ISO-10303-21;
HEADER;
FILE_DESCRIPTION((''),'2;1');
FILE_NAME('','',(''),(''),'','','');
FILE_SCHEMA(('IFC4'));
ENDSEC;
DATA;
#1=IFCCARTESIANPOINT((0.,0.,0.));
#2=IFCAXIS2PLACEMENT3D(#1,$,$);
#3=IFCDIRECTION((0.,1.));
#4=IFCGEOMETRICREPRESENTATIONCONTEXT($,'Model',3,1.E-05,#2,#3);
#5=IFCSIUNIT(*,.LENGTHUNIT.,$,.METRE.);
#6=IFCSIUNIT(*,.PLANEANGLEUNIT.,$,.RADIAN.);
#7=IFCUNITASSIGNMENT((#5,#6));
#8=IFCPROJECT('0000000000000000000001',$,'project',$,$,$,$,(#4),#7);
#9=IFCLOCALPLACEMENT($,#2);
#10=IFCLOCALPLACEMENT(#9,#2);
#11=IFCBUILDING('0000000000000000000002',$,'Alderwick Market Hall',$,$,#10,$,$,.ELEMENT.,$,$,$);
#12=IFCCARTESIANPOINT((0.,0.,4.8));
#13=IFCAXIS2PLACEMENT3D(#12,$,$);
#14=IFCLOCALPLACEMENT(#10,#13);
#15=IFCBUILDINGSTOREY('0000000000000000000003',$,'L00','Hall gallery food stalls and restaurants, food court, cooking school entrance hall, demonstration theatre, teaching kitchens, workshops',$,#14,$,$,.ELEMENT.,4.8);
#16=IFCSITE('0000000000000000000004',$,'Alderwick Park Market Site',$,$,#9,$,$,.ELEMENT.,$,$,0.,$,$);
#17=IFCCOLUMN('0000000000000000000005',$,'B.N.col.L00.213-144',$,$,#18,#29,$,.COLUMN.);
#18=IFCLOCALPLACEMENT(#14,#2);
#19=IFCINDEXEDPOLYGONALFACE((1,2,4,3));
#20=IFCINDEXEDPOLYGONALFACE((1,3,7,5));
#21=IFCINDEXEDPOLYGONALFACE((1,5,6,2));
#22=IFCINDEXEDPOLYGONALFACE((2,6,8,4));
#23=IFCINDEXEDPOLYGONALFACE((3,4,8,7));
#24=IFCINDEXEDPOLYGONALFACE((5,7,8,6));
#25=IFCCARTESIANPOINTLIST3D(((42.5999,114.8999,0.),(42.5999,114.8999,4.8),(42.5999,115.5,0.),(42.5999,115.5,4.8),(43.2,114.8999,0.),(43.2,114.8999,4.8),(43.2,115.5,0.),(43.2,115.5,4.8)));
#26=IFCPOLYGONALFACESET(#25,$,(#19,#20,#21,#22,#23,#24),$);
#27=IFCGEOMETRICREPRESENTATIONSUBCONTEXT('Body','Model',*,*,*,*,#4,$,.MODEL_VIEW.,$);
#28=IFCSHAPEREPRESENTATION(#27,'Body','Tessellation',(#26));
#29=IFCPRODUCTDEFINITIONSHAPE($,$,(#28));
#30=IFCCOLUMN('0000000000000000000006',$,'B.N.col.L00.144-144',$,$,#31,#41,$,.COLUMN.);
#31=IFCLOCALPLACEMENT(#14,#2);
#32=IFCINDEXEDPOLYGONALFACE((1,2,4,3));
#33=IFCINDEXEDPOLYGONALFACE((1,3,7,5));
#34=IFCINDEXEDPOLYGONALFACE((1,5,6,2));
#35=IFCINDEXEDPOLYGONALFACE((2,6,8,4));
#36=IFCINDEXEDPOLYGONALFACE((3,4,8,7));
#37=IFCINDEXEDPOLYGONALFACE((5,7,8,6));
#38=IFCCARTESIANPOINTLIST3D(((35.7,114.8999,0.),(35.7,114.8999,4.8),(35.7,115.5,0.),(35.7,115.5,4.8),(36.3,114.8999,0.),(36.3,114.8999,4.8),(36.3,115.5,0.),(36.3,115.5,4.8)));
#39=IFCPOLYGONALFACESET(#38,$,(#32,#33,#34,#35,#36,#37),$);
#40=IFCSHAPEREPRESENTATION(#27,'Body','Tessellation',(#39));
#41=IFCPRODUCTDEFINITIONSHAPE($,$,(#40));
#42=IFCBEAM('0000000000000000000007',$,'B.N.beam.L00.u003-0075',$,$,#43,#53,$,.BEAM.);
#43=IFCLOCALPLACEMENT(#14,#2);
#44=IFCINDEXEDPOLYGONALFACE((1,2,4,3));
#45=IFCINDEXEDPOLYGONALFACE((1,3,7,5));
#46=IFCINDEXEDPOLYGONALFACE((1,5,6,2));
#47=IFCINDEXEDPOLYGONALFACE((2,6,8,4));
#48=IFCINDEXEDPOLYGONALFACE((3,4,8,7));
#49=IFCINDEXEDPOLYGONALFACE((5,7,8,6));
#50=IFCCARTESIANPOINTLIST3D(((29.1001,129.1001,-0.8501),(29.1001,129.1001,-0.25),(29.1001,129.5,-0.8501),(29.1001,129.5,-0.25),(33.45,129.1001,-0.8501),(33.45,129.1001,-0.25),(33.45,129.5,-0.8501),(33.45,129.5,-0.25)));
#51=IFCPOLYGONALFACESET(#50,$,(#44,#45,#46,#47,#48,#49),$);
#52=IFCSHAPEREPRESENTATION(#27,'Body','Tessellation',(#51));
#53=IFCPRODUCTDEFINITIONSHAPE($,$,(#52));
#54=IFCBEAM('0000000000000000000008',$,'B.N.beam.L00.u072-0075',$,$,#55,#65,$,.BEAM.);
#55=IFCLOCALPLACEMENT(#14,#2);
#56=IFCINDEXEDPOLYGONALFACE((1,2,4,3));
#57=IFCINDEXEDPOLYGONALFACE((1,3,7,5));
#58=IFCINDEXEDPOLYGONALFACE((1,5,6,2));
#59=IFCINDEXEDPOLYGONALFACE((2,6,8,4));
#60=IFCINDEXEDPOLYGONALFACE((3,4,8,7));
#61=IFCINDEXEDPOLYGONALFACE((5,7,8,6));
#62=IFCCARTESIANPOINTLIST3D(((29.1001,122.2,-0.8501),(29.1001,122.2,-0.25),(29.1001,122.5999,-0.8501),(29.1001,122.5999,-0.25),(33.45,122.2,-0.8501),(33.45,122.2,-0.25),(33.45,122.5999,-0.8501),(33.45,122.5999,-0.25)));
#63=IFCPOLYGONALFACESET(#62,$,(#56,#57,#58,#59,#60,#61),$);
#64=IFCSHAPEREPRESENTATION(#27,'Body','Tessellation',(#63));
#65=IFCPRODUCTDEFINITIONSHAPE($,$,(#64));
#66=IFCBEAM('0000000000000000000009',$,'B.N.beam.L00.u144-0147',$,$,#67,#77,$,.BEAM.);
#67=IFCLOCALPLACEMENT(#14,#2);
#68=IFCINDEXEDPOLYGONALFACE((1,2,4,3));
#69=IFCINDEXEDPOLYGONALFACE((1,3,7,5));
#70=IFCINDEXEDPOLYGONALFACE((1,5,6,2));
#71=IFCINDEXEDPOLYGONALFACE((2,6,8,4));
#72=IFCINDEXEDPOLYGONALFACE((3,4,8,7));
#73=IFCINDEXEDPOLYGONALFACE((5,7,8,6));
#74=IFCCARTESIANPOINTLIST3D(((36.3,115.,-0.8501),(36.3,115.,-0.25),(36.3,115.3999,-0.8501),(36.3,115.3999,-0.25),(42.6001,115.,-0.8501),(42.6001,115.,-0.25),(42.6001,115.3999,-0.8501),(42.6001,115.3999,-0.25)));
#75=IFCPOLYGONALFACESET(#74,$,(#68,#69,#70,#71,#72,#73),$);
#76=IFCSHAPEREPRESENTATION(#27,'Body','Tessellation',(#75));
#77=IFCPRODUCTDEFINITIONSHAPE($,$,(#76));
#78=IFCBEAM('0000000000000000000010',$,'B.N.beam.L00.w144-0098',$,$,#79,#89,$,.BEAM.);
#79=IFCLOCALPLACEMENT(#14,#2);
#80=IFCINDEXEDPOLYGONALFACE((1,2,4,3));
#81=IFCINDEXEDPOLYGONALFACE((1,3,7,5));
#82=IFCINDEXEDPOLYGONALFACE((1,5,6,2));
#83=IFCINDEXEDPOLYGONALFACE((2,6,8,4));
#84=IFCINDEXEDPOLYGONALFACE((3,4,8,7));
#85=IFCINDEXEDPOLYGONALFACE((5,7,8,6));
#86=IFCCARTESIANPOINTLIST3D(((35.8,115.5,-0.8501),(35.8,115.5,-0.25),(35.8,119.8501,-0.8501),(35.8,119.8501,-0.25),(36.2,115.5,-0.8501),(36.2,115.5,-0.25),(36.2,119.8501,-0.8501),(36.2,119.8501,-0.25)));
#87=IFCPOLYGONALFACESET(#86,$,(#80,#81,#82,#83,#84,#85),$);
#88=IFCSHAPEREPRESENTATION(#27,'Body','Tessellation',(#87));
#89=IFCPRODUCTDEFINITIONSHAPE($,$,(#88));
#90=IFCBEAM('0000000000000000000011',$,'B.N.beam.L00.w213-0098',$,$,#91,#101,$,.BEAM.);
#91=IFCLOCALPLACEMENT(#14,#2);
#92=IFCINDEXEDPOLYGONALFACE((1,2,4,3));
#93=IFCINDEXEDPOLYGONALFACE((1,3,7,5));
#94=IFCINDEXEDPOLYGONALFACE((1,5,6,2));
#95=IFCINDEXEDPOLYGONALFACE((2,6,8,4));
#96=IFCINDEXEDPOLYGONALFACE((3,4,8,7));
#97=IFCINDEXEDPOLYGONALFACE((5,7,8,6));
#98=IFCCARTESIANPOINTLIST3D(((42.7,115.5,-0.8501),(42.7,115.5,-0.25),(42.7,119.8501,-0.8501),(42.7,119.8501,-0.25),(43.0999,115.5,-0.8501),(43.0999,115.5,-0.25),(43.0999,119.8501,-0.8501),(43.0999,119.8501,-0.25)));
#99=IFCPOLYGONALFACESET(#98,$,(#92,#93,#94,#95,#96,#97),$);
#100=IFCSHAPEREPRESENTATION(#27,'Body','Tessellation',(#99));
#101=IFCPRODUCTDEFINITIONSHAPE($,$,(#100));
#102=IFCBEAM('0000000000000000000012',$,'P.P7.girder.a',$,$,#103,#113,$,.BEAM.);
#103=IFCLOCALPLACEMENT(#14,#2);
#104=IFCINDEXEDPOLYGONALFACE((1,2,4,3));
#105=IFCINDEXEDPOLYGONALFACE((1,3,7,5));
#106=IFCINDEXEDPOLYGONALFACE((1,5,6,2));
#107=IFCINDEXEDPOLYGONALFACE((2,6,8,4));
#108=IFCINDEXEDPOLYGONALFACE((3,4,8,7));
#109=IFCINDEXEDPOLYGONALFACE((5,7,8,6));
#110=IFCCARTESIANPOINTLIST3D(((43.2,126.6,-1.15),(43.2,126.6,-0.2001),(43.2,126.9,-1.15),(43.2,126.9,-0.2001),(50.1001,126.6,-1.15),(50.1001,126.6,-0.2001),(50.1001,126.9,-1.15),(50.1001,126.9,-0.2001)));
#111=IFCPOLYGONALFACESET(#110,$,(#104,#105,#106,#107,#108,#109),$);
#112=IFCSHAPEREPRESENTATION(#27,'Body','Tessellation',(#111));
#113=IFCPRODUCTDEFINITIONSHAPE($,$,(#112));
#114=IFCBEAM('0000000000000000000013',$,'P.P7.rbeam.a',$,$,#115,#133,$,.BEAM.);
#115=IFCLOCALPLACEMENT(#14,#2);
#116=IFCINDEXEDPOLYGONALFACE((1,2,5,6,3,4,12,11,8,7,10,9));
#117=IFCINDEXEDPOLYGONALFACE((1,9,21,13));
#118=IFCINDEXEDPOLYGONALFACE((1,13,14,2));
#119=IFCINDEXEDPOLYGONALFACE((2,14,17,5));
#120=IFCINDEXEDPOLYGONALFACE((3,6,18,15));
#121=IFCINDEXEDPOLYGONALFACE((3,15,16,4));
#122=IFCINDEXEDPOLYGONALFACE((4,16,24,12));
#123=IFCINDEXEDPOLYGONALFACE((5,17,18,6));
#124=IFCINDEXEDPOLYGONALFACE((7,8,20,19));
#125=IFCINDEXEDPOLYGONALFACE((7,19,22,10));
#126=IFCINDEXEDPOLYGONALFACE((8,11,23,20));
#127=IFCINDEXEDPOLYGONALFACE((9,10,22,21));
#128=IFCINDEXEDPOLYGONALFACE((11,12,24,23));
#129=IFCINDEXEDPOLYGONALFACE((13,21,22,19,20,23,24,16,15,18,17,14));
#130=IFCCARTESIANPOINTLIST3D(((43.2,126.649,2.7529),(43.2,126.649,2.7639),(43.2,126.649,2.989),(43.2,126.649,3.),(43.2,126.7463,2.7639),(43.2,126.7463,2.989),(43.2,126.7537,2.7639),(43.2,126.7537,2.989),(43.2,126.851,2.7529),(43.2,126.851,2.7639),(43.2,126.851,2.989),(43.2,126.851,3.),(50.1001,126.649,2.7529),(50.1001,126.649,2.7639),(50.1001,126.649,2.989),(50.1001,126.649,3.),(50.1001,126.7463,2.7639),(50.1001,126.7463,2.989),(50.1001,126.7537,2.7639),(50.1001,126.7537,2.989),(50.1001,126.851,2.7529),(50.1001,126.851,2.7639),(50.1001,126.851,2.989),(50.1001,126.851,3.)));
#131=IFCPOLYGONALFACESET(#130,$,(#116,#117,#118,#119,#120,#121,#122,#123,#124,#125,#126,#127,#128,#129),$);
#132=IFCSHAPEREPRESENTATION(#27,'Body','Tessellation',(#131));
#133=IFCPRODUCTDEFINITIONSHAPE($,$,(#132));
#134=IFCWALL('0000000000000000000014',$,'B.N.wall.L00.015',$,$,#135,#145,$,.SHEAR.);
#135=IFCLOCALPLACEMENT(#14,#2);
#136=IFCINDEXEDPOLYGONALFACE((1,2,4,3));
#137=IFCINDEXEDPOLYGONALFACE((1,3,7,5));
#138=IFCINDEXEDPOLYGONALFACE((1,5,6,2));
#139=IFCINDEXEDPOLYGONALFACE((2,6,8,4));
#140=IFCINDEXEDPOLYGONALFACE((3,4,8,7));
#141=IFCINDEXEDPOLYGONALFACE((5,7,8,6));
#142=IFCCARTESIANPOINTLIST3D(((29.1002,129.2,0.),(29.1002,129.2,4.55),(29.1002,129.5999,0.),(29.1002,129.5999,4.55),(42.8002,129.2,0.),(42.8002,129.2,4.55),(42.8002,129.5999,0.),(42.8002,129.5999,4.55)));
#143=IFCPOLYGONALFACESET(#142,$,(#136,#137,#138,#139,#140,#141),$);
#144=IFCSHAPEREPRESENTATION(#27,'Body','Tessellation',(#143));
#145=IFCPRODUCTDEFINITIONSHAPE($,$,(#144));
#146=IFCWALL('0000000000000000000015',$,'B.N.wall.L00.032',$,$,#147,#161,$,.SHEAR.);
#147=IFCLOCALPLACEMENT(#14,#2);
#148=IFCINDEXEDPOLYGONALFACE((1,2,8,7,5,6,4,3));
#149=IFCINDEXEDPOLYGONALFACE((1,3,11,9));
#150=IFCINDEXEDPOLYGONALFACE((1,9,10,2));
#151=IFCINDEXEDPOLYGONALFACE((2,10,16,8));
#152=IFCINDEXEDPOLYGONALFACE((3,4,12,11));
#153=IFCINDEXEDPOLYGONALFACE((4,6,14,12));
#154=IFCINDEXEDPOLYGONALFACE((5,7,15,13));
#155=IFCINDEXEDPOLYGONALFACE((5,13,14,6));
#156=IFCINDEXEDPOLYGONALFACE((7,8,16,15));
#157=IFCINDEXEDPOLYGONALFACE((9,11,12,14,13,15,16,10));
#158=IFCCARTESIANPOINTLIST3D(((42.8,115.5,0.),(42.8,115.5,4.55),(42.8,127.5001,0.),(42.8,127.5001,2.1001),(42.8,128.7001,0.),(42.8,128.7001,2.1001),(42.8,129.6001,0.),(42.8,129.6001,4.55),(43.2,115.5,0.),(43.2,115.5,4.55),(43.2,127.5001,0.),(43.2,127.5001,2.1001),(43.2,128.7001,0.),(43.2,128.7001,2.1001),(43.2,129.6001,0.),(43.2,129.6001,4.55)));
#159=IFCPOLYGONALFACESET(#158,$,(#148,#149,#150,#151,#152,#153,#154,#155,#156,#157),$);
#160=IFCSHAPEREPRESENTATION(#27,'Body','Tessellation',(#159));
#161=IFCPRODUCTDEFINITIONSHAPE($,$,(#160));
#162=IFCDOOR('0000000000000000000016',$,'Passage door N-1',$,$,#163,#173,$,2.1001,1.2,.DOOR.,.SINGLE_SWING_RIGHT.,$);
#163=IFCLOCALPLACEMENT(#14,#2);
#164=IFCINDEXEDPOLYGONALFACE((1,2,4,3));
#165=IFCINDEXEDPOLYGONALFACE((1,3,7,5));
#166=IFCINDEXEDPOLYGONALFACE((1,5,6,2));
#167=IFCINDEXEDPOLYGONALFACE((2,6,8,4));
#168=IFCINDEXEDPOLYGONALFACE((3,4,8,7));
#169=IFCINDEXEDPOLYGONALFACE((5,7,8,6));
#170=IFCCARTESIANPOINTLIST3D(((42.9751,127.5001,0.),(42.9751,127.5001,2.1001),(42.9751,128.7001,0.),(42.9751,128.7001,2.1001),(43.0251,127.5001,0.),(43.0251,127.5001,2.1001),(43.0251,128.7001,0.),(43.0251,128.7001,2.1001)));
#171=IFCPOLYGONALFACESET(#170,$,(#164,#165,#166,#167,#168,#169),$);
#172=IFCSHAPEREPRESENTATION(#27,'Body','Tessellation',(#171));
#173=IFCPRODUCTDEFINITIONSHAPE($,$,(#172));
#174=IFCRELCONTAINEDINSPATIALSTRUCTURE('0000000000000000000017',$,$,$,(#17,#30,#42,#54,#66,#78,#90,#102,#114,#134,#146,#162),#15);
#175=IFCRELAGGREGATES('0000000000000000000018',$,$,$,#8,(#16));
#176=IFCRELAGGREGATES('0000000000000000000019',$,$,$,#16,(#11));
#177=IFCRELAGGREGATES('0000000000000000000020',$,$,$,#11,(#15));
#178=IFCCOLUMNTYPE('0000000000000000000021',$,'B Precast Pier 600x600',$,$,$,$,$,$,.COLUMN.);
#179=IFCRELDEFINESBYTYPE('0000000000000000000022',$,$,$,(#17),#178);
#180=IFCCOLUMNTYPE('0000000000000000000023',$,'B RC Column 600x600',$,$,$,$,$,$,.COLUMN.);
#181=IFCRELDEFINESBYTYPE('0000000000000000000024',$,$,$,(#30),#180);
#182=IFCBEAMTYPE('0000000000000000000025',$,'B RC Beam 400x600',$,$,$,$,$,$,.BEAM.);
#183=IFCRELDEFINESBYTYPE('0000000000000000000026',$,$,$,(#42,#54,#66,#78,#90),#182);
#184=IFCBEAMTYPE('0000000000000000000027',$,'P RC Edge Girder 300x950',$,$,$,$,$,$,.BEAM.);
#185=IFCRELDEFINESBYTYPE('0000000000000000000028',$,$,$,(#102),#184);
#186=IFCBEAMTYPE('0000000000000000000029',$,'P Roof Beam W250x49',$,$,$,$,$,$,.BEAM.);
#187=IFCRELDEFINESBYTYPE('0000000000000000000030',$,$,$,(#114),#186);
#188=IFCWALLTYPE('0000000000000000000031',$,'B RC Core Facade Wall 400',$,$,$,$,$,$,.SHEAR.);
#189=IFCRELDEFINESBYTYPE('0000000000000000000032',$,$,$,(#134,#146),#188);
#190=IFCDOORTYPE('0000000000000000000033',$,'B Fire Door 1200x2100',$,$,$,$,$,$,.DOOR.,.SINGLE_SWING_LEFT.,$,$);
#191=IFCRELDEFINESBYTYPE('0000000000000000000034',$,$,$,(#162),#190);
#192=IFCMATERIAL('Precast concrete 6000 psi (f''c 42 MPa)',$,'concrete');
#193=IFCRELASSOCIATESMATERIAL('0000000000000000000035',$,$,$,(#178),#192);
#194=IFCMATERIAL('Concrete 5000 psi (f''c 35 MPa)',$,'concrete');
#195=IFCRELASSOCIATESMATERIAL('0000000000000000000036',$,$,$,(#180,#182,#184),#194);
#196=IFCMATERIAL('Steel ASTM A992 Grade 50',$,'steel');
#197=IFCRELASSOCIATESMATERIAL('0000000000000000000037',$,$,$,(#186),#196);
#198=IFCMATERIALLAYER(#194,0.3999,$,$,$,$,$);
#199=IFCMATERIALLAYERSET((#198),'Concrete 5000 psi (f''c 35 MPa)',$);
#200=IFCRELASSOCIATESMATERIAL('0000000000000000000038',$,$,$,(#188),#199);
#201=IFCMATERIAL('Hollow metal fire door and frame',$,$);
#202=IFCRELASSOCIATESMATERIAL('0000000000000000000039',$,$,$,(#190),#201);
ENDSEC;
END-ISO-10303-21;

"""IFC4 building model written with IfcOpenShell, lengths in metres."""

from ifc_helpers import new_model, si_unit, direction, frame, frame_2d, origin, origin_2d, place, context, subcontext, project, spatial, rectangle, i_section, extrude, material, layer, layer_set, material_profile, profile_set, type_object, element, fill, save


model = new_model("IFC4")

# Units and contexts
model_context = context("Model", 3, precision=1e-05, world=origin(), true_north=direction((0.0, 1.0)))
body_context = subcontext(model_context, "Body", "Model", "MODEL_VIEW")
ifc_project = project(units=[si_unit("LENGTHUNIT", "METRE"), si_unit("PLANEANGLEUNIT", "RADIAN")], contexts=[model_context])

# Site, building, storey
site_placement = place(None, origin())
site = spatial("IfcSite", under=ifc_project, at=site_placement, Name="Alderwick Park Market Site", CompositionType="ELEMENT", RefElevation=0.0)
building_placement = place(site_placement, origin())
building = spatial("IfcBuilding", under=site, at=building_placement, Name="Alderwick Market Hall", CompositionType="ELEMENT")
storey_placement = place(building_placement, frame((0.0, 0.0, 4.8)))
storey = spatial("IfcBuildingStorey", under=building, at=storey_placement, Name="L00", Description="Hall gallery food stalls and restaurants, food court, cooking school entrance hall, demonstration theatre, teaching kitchens, workshops", CompositionType="ELEMENT", Elevation=4.8)

# Columns
ifc_material_1 = material(Name="Precast concrete 6000 psi (f'c 42 MPa)", Category="concrete")
ifc_material_profile_1 = material_profile(ifc_material_1, rectangle(XDim=0.6001, YDim=0.6001, at=origin_2d()), Name="B Precast Pier 600x600")
ifc_profile_set_1 = profile_set([ifc_material_profile_1], Name="Precast concrete 6000 psi (f'c 42 MPa)")
column_type_1 = type_object("IfcColumnType", Name="B Precast Pier 600x600", PredefinedType="COLUMN", material=ifc_profile_set_1)
column_1_placement = place(storey_placement, frame((42.8999, 115.2, 0.0), z_axis=(0.0, 0.0, 1.0), x_axis=(1.0, 0.0, 0.0)))
element("IfcColumn", 1, at=column_1_placement, inside=storey, type_object=column_type_1, Name="B.N.col.L00.213-144", PredefinedType="COLUMN", context=body_context, shape_type="SweptSolid", body=[
    extrude(rectangle(XDim=0.6001, YDim=0.6001, at=origin_2d()), origin(), (0.0, 0.0, 1.0), 4.8),
])
ifc_material_2 = material(Name="Concrete 5000 psi (f'c 35 MPa)", Category="concrete")
ifc_material_profile_2 = material_profile(ifc_material_2, rectangle(XDim=0.6001, YDim=0.6001, at=origin_2d()), Name="B RC Column 600x600")
ifc_profile_set_2 = profile_set([ifc_material_profile_2], Name="Concrete 5000 psi (f'c 35 MPa)")
column_type_2 = type_object("IfcColumnType", Name="B RC Column 600x600", PredefinedType="COLUMN", material=ifc_profile_set_2)
column_2_placement = place(storey_placement, frame((36.0, 115.2, 0.0), z_axis=(0.0, 0.0, 1.0), x_axis=(1.0, 0.0, 0.0)))
element("IfcColumn", 2, at=column_2_placement, inside=storey, type_object=column_type_2, Name="B.N.col.L00.144-144", PredefinedType="COLUMN", context=body_context, shape_type="SweptSolid", body=[
    extrude(rectangle(XDim=0.6001, YDim=0.6001, at=origin_2d()), origin(), (0.0, 0.0, 1.0), 4.8),
])

# Beams
ifc_material_profile_3 = material_profile(ifc_material_2, rectangle(XDim=0.3999, YDim=0.6001, at=origin_2d()), Name="B RC Beam 400x600")
ifc_profile_set_3 = profile_set([ifc_material_profile_3], Name="Concrete 5000 psi (f'c 35 MPa)")
beam_type_1 = type_object("IfcBeamType", Name="B RC Beam 400x600", PredefinedType="BEAM", material=ifc_profile_set_3)
for number, where, z_axis, x_axis, name in (
    (3, (29.1001, 129.3, -0.55), (1.0, 0.0, 0.0), (0.0, 1.0, 0.0), "B.N.beam.L00.u003-0075"),
    (4, (29.1001, 122.3999, -0.55), (1.0, 0.0, 0.0), (0.0, 1.0, 0.0), "B.N.beam.L00.u072-0075"),
):
    element("IfcBeam", number, at=place(storey_placement, frame(where, z_axis=z_axis, x_axis=x_axis)), inside=storey, type_object=beam_type_1, Name=name, PredefinedType="BEAM", context=body_context, shape_type="SweptSolid", body=[
        extrude(rectangle(XDim=0.3999, YDim=0.6001, at=origin_2d()), origin(), (0.0, 0.0, 1.0), 4.3499),
    ])
beam_1_placement = place(storey_placement, frame((36.3, 115.2, -0.55), z_axis=(1.0, 0.0, 0.0), x_axis=(0.0, 1.0, 0.0)))
element("IfcBeam", 5, at=beam_1_placement, inside=storey, type_object=beam_type_1, Name="B.N.beam.L00.u144-0147", PredefinedType="BEAM", context=body_context, shape_type="SweptSolid", body=[
    extrude(rectangle(XDim=0.3999, YDim=0.6001, at=origin_2d()), origin(), (0.0, 0.0, 1.0), 6.3),
])
for number, where, z_axis, x_axis, name in (
    (6, (36.0, 119.8501, -0.55), (0.0, -1.0, 0.0), (1.0, 0.0, 0.0), "B.N.beam.L00.w144-0098"),
    (7, (42.8999, 119.8501, -0.55), (0.0, -1.0, 0.0), (1.0, 0.0, 0.0), "B.N.beam.L00.w213-0098"),
):
    element("IfcBeam", number, at=place(storey_placement, frame(where, z_axis=z_axis, x_axis=x_axis)), inside=storey, type_object=beam_type_1, Name=name, PredefinedType="BEAM", context=body_context, shape_type="SweptSolid", body=[
        extrude(rectangle(XDim=0.3999, YDim=0.6001, at=origin_2d()), origin(), (0.0, 0.0, 1.0), 4.3501),
    ])
ifc_material_profile_4 = material_profile(ifc_material_2, rectangle(XDim=0.3, YDim=0.95, at=origin_2d()), Name="P RC Edge Girder 300x950")
ifc_profile_set_4 = profile_set([ifc_material_profile_4], Name="Concrete 5000 psi (f'c 35 MPa)")
beam_type_2 = type_object("IfcBeamType", Name="P RC Edge Girder 300x950", PredefinedType="BEAM", material=ifc_profile_set_4)
beam_2_placement = place(storey_placement, frame((43.2, 126.75, -0.675), z_axis=(1.0, 0.0, 0.0), x_axis=(0.0, 1.0, 0.0)))
element("IfcBeam", 8, at=beam_2_placement, inside=storey, type_object=beam_type_2, Name="P.P7.girder.a", PredefinedType="BEAM", context=body_context, shape_type="SweptSolid", body=[
    extrude(rectangle(XDim=0.3, YDim=0.95, at=origin_2d()), origin(), (0.0, 0.0, 1.0), 6.9001),
])
ifc_material_3 = material(Name="Steel ASTM A992 Grade 50", Category="steel")
ifc_material_profile_5 = material_profile(ifc_material_3, i_section(OverallWidth=0.2019, OverallDepth=0.2471, WebThickness=0.0073, FlangeThickness=0.011, at=origin_2d()), Name="W250x49")
ifc_profile_set_5 = profile_set([ifc_material_profile_5], Name="Steel ASTM A992 Grade 50")
beam_type_3 = type_object("IfcBeamType", Name="P Roof Beam W250x49", PredefinedType="BEAM", material=ifc_profile_set_5)
beam_3_placement = place(storey_placement, frame((43.2, 126.75, 2.8765), z_axis=(1.0, 0.0, 0.0), x_axis=(0.0, 1.0, 0.0)))
element("IfcBeam", 9, at=beam_3_placement, inside=storey, type_object=beam_type_3, Name="P.P7.rbeam.a", PredefinedType="BEAM", context=body_context, shape_type="SweptSolid", body=[
    extrude(i_section(OverallWidth=0.2019, OverallDepth=0.2471, WebThickness=0.0073, FlangeThickness=0.011, at=origin_2d()), origin(), (0.0, 0.0, 1.0), 6.9001),
])

# Wall
ifc_layer_1 = layer(ifc_material_2, 0.3999)
ifc_layer_set_1 = layer_set([ifc_layer_1], Name="Concrete 5000 psi (f'c 35 MPa)")
wall_type_1 = type_object("IfcWallType", Name="B RC Core Facade Wall 400", PredefinedType="SHEAR", material=ifc_layer_set_1)
wall_1_placement = place(storey_placement, frame((29.1001, 129.3999, 0.0), z_axis=(0.0, 0.0, 1.0), x_axis=(1.0, 0.0, 0.0)))
element("IfcWall", 10, at=wall_1_placement, inside=storey, type_object=wall_type_1, Name="B.N.wall.L00.015", PredefinedType="SHEAR", context=body_context, shape_type="SweptSolid", body=[
    extrude(rectangle(XDim=13.7, YDim=0.3999, at=frame_2d((6.8501, 0.0))), origin(), (0.0, 0.0, 1.0), 4.55),
])

# Wall, opening, door
wall_2_placement = place(storey_placement, frame((43.0, 115.5, 0.0), z_axis=(0.0, 0.0, 1.0), x_axis=(0.0, 1.0, 0.0)))
wall_2 = element("IfcWall", 11, at=wall_2_placement, inside=storey, type_object=wall_type_1, Name="B.N.wall.L00.032", PredefinedType="SHEAR", context=body_context, shape_type="SweptSolid", body=[
    extrude(rectangle(XDim=14.1001, YDim=0.3999, at=frame_2d((7.05, 0.0))), origin(), (0.0, 0.0, 1.0), 4.55),
])
opening_1_placement = place(wall_2_placement, frame((12.0, 0.0, 0.0)))
opening_1 = element("IfcOpeningElement", 12, at=opening_1_placement, cuts=wall_2, PredefinedType="OPENING", context=body_context, shape_type="SweptSolid", body=[
    extrude(rectangle(XDim=1.2, YDim=2.1001, at=frame_2d((0.6001, 1.05))), frame((0.0, 0.21, 0.0), z_axis=(0.0, -1.0, 0.0), x_axis=(1.0, 0.0, 0.0)), (0.0, 0.0, 1.0), 0.4199),
])
ifc_material_4 = material(Name="Hollow metal fire door and frame")
door_type_1 = type_object("IfcDoorType", Name="B Fire Door 1200x2100", OperationType="SINGLE_SWING_LEFT", PredefinedType="DOOR", material=ifc_material_4)
door_1_placement = place(opening_1_placement, origin())
door_1 = element("IfcDoor", 13, at=door_1_placement, inside=storey, type_object=door_type_1, Name="Passage door N-1", OperationType="SINGLE_SWING_RIGHT", OverallHeight=2.1001, OverallWidth=1.2, PredefinedType="DOOR", context=body_context, shape_type="SweptSolid", body=[
    extrude(rectangle(XDim=1.2, YDim=2.1001, at=frame_2d((0.6001, 1.05))), frame((0.0, 0.0249, 0.0), z_axis=(0.0, -1.0, 0.0), x_axis=(1.0, 0.0, 0.0)), (0.0, 0.0, 1.0), 0.05),
])
fill(opening_1, door_1)

save(model, "model.ifc")
